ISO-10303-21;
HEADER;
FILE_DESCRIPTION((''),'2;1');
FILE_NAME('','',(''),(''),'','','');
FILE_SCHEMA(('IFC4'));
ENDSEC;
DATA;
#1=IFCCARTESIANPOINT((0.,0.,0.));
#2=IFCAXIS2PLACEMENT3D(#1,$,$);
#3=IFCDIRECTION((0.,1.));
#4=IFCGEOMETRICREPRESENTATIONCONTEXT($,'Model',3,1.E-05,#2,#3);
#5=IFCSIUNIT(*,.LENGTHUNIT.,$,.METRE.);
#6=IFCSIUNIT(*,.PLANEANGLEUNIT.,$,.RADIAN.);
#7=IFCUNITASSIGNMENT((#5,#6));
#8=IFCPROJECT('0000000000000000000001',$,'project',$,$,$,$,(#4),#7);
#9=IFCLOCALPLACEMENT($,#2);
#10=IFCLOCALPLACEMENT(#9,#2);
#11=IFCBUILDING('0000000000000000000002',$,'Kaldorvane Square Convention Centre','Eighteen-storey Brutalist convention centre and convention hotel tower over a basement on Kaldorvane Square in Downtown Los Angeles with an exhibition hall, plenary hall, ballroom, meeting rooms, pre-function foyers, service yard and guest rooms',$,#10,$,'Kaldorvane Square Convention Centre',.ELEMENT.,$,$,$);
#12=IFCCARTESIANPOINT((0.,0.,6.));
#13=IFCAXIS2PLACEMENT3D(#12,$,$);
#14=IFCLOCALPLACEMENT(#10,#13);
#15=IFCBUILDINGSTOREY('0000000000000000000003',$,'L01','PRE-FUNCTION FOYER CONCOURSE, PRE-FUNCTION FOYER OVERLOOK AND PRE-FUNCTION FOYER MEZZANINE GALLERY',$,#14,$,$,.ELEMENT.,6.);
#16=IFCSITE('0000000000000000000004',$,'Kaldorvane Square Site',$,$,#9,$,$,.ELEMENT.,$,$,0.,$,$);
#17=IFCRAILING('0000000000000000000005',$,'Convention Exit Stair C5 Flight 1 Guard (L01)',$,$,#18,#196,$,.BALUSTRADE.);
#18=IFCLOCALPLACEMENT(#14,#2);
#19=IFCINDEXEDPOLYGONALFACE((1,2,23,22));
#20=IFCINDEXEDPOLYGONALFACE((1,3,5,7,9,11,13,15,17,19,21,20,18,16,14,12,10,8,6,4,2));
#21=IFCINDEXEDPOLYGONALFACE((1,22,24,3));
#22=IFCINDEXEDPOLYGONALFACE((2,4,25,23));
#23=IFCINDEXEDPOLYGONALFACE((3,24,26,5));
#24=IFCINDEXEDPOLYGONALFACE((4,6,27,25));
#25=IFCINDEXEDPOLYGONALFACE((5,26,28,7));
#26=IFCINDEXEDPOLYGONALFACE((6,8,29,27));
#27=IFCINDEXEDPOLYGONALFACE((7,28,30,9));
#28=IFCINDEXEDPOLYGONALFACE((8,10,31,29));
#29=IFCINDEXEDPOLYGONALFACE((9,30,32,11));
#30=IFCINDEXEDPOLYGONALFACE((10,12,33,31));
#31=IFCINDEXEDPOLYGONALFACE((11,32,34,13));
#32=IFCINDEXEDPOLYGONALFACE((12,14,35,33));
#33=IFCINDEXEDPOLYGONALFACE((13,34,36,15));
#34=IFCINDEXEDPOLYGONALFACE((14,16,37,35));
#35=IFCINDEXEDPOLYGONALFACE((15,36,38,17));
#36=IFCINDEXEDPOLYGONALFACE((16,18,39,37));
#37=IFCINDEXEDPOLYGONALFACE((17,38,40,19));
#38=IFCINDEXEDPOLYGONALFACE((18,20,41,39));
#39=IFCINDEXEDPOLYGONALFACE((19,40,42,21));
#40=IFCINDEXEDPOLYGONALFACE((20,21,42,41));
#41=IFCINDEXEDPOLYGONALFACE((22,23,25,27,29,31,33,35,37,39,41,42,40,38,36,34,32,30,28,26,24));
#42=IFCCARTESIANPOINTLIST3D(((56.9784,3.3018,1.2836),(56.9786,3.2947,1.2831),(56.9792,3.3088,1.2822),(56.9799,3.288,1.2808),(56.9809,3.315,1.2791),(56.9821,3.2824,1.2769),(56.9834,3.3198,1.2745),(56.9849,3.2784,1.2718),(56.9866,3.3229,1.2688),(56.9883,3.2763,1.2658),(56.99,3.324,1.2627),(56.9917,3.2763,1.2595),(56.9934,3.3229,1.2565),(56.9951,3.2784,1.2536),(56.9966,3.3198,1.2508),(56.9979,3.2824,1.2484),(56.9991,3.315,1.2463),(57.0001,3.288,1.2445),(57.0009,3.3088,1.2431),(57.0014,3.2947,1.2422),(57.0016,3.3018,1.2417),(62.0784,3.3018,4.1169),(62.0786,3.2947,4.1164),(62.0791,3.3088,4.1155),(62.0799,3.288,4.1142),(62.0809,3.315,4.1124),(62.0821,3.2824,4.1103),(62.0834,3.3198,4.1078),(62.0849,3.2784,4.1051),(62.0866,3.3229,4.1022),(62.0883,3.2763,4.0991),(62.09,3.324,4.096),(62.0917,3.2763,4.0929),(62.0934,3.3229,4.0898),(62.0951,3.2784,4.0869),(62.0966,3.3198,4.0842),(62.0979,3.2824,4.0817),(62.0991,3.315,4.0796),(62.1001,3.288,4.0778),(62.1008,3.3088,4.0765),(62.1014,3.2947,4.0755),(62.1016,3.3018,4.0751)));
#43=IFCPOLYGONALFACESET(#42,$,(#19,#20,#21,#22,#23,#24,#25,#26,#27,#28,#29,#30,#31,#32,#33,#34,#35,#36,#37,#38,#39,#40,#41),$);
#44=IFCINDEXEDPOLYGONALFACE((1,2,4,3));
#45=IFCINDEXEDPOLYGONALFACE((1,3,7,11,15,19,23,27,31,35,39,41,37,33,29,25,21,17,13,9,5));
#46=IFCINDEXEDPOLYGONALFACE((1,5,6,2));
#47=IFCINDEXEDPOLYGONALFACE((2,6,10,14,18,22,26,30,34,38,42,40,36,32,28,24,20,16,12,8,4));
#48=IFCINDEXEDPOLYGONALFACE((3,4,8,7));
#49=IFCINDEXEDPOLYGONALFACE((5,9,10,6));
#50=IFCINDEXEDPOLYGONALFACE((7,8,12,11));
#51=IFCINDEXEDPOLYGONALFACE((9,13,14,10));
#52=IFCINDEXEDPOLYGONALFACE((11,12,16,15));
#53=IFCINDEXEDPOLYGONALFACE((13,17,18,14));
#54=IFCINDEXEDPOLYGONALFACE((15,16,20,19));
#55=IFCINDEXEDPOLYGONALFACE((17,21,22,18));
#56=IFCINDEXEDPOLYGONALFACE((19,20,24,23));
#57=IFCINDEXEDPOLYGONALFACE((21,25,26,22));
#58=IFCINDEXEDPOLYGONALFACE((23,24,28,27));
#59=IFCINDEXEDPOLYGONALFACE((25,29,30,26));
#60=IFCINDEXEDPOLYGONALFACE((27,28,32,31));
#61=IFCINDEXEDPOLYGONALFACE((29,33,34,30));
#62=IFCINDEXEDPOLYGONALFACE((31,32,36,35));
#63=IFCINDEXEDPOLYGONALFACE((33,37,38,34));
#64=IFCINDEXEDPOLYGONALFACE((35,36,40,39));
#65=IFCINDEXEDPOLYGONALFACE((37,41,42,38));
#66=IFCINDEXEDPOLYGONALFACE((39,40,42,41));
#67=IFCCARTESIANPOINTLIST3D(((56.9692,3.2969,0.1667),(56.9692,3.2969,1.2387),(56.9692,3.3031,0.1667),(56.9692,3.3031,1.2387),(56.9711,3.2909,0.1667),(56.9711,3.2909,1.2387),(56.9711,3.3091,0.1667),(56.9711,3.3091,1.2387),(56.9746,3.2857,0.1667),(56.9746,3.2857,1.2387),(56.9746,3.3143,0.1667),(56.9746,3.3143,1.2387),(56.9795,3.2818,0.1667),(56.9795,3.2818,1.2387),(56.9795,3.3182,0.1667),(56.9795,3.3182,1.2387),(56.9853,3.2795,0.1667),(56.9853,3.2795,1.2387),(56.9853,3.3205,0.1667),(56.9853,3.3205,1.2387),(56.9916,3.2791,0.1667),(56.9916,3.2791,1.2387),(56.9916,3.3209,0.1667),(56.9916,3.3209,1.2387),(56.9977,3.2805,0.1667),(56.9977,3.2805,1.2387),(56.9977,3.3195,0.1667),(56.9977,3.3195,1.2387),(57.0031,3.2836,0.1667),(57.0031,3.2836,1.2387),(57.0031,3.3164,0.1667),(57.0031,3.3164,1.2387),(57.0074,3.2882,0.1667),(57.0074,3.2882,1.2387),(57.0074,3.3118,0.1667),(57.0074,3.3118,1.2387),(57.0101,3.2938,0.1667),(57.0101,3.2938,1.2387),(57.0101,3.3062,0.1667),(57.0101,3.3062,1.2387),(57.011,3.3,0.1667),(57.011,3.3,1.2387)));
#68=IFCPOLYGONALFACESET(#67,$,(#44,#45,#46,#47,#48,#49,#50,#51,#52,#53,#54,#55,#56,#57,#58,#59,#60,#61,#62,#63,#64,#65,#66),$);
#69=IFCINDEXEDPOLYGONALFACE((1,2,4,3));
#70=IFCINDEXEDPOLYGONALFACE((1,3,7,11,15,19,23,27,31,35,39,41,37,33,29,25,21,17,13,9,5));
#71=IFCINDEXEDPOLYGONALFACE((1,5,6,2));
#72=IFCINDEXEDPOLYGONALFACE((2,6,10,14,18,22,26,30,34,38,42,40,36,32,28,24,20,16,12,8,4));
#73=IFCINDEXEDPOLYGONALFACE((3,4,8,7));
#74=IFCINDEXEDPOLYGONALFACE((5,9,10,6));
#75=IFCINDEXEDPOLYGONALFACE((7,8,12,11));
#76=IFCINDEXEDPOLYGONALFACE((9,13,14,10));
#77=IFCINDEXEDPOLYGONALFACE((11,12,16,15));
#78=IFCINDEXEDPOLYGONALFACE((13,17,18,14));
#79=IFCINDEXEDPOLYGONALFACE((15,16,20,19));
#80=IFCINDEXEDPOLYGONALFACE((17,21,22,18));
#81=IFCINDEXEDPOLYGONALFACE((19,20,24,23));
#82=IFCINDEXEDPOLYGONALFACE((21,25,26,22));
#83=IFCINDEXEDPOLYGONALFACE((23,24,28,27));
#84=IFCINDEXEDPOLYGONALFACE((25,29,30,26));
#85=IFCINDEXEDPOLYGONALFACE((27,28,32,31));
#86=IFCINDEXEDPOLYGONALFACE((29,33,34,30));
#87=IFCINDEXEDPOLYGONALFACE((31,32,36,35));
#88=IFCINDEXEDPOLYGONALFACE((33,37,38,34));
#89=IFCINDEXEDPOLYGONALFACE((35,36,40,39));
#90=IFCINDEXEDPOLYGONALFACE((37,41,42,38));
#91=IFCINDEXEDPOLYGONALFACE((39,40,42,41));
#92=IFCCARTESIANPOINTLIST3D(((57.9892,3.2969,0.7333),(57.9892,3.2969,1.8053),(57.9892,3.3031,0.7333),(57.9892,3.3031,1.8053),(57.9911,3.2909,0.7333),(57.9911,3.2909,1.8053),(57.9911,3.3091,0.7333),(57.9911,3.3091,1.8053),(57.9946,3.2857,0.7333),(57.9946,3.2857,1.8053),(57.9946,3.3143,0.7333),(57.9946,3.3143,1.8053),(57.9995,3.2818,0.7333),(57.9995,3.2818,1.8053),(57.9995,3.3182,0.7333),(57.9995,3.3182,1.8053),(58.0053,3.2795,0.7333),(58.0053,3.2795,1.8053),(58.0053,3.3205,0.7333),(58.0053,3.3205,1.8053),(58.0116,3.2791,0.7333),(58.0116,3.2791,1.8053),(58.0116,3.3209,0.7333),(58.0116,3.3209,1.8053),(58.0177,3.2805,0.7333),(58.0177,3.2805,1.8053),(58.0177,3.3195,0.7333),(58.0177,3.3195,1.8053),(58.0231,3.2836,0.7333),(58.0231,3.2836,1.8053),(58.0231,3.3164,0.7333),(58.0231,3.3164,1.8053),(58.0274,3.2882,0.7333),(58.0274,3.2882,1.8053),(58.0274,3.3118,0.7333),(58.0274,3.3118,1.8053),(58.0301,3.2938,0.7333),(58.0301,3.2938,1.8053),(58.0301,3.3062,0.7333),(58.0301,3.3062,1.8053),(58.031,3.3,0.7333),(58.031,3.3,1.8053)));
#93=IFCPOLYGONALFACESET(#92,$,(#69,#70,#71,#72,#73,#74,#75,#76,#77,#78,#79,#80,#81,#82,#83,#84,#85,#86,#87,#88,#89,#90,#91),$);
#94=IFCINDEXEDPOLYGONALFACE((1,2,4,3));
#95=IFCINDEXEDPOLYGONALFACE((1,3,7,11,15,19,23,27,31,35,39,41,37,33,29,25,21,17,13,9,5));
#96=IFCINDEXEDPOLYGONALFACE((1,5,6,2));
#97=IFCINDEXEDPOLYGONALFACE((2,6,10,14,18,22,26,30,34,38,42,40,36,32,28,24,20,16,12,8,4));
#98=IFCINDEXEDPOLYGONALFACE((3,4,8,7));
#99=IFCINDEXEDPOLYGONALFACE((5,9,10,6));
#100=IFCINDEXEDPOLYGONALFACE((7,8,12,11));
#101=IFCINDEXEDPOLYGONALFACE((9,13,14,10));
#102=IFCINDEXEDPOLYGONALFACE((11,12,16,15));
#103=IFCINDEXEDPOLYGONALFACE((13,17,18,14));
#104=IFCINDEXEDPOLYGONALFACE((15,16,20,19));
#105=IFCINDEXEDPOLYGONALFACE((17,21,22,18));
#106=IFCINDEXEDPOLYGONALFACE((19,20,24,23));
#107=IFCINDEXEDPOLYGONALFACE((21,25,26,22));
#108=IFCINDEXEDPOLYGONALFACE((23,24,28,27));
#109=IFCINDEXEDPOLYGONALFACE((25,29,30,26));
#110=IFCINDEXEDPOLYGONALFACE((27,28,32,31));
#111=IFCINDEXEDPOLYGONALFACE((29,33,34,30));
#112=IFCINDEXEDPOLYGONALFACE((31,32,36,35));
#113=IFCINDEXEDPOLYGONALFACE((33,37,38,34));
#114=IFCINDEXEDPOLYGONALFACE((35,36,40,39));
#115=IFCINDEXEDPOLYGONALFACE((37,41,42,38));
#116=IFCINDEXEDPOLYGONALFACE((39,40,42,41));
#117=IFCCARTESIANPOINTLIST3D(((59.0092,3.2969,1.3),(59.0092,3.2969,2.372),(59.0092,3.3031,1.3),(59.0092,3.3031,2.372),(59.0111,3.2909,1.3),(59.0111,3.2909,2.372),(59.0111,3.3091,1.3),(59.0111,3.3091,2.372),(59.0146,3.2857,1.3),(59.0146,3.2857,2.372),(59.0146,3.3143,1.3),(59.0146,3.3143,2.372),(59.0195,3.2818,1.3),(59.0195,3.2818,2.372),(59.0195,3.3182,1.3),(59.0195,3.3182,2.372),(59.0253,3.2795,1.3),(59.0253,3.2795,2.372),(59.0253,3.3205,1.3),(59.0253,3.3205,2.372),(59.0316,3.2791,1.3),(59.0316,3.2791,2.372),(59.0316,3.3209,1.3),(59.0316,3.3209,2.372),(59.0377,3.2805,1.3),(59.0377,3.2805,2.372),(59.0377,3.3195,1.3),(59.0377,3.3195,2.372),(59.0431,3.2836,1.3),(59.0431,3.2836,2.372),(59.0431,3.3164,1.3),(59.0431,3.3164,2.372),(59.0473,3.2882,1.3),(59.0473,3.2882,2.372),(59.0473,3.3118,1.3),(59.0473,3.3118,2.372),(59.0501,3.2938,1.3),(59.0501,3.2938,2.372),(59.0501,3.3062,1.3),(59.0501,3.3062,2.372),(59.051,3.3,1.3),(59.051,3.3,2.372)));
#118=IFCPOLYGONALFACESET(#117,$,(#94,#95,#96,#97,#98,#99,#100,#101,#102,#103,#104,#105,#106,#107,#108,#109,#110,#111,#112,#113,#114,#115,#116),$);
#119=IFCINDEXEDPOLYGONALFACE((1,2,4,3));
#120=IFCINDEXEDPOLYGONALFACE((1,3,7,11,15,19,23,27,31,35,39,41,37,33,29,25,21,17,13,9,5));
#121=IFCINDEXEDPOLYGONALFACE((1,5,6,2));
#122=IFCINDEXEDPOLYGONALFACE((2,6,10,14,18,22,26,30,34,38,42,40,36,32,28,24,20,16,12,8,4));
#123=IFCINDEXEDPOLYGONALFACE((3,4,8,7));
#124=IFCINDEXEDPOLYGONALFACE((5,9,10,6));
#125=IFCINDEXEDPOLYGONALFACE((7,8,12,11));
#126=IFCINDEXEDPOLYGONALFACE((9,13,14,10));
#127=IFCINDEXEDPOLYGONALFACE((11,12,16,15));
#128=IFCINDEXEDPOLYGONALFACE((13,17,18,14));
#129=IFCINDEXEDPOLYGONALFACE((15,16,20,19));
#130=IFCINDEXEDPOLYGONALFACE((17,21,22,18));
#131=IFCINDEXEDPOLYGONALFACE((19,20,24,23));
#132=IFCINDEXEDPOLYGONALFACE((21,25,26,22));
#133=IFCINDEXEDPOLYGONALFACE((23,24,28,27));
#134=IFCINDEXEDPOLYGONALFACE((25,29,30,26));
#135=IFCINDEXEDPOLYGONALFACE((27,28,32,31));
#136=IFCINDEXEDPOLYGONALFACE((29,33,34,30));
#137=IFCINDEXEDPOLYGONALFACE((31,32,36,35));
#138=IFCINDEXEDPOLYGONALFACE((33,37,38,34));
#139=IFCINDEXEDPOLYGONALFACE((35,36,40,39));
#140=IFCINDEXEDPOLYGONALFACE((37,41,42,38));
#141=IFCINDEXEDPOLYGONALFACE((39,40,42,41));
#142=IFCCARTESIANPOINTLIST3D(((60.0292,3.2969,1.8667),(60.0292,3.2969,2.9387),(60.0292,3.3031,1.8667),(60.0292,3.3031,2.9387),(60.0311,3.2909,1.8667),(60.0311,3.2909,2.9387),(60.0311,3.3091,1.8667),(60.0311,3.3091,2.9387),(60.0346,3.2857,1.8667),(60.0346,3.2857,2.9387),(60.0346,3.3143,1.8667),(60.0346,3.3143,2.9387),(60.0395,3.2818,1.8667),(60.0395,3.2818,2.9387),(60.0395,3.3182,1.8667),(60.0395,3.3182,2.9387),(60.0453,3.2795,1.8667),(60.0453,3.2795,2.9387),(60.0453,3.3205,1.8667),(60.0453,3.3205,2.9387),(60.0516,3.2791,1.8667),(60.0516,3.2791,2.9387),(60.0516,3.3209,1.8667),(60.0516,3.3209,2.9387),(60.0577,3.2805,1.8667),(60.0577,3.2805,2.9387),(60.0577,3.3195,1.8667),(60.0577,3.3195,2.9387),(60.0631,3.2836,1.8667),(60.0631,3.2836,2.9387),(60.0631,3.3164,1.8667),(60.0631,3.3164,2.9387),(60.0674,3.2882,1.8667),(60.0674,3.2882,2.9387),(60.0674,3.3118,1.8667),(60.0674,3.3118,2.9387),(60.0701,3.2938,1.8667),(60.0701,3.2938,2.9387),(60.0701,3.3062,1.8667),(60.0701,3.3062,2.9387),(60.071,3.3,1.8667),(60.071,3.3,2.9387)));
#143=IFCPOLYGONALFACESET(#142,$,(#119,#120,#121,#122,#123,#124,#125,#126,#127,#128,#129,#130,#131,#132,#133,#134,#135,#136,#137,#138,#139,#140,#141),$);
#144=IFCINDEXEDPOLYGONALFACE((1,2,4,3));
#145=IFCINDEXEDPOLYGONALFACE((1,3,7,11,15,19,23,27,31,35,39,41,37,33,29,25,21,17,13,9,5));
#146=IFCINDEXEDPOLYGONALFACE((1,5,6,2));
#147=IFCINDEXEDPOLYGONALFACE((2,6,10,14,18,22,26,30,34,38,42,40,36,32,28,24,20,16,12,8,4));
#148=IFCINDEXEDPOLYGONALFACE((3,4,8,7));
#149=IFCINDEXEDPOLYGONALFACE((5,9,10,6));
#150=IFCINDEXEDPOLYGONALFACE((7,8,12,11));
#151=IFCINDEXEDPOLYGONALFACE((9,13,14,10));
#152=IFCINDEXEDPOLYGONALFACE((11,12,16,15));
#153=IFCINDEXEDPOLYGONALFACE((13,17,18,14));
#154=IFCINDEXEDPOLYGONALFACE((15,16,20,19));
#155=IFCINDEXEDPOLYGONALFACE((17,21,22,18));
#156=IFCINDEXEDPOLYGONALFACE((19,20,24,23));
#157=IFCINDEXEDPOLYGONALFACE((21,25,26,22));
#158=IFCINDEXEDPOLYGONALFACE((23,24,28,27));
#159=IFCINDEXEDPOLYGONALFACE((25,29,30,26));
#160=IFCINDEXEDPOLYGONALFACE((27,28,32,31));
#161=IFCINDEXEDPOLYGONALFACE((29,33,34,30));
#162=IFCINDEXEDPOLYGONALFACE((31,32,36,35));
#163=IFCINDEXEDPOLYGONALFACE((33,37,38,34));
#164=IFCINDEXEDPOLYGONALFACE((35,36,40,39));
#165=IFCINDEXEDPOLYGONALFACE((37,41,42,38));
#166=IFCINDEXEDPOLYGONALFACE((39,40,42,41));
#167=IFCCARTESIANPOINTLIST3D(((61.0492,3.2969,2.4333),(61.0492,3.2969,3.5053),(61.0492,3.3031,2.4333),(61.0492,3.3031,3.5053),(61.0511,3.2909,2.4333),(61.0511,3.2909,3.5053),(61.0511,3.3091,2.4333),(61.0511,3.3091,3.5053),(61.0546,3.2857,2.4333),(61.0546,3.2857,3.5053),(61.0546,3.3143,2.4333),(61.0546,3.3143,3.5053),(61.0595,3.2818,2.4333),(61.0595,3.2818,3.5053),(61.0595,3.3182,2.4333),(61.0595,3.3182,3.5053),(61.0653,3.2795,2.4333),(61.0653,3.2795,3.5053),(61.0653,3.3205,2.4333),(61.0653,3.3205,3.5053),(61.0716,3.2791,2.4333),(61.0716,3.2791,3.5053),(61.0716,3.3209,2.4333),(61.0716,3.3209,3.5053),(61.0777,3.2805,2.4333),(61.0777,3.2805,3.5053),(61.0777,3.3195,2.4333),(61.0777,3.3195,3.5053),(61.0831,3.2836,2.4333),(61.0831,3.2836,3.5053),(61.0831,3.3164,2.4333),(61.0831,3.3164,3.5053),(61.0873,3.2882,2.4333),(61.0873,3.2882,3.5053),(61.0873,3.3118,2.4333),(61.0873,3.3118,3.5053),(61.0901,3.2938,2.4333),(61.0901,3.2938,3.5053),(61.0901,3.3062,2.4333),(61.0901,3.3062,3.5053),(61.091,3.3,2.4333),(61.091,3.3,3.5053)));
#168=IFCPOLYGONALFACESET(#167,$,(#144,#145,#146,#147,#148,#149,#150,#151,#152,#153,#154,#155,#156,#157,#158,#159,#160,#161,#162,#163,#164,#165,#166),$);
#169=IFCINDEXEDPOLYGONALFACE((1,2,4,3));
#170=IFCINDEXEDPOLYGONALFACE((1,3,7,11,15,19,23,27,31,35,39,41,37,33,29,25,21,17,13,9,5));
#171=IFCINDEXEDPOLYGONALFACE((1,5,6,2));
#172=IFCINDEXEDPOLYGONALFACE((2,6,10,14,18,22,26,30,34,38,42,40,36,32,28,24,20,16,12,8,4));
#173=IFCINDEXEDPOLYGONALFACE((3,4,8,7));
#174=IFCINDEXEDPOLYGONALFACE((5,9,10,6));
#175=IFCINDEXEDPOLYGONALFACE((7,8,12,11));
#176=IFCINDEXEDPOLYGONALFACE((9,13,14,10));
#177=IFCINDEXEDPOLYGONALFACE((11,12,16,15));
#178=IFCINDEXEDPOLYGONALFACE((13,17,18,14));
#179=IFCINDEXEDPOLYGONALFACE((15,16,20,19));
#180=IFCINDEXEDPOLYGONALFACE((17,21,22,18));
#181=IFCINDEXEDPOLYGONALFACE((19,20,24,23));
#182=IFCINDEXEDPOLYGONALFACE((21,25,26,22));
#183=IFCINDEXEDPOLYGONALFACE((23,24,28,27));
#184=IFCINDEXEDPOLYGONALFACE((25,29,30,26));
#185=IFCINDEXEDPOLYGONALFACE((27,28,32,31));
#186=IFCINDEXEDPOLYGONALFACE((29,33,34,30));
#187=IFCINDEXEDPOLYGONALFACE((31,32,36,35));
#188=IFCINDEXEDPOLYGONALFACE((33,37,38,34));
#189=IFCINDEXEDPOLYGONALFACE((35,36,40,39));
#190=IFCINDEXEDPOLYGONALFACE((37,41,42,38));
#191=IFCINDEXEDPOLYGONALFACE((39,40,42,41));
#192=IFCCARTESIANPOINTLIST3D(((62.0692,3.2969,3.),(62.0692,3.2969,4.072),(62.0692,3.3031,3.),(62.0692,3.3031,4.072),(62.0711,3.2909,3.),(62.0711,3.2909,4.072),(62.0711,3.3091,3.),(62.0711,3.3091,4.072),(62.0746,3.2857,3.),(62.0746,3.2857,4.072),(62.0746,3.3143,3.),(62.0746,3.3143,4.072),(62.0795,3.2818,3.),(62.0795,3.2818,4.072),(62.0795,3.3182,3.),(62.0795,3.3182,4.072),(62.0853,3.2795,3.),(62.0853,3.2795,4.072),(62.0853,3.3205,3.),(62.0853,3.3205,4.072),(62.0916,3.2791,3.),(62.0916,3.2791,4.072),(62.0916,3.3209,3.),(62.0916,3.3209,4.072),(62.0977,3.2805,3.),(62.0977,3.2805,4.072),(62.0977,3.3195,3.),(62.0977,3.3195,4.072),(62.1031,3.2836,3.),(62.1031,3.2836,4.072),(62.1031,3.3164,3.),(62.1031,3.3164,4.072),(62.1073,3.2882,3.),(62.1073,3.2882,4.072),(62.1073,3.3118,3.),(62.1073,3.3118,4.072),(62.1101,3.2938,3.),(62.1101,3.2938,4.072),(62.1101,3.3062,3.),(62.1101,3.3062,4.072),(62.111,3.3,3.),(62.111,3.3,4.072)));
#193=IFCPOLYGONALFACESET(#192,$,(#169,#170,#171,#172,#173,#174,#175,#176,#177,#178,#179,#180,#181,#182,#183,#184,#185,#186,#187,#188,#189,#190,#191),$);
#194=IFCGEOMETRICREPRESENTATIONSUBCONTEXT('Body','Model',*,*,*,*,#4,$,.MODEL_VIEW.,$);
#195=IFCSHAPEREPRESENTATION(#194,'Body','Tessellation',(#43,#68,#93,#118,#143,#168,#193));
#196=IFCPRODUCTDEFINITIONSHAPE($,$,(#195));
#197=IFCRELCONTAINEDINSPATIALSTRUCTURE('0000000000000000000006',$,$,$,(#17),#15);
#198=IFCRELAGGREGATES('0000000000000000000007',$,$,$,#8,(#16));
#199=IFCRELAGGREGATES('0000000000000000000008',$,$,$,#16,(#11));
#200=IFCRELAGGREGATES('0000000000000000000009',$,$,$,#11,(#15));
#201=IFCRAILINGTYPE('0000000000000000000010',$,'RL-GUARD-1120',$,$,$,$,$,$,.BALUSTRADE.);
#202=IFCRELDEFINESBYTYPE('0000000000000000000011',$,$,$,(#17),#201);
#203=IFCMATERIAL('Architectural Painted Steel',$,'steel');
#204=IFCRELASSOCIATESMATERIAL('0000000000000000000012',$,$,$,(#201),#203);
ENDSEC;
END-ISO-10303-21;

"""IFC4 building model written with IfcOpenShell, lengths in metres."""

from ifc_helpers import new_model, si_unit, direction, frame, origin, origin_2d, place, context, subcontext, project, spatial, circle, extrude, material, type_object, element, save


model = new_model("IFC4")

# Units and contexts
model_context = context("Model", 3, precision=1e-05, world=origin(), true_north=direction((0.0, 1.0)))
body_context = subcontext(model_context, "Body", "Model", "MODEL_VIEW")
ifc_project = project(units=[si_unit("LENGTHUNIT", "METRE"), si_unit("PLANEANGLEUNIT", "RADIAN")], contexts=[model_context])

# Site, building, storey
site_placement = place(None, origin())
site = spatial("IfcSite", under=ifc_project, at=site_placement, Name="Kaldorvane Square Site", CompositionType="ELEMENT", RefElevation=0.0)
building_placement = place(site_placement, origin())
building = spatial("IfcBuilding", under=site, at=building_placement, Name="Kaldorvane Square Convention Centre", Description="Eighteen-storey Brutalist convention centre and convention hotel tower over a basement on Kaldorvane Square in Downtown Los Angeles with an exhibition hall, plenary hall, ballroom, meeting rooms, pre-function foyers, service yard and guest rooms", LongName="Kaldorvane Square Convention Centre", CompositionType="ELEMENT")
storey_placement = place(building_placement, frame((0.0, 0.0, 6.0)))
storey = spatial("IfcBuildingStorey", under=building, at=storey_placement, Name="L01", Description="PRE-FUNCTION FOYER CONCOURSE, PRE-FUNCTION FOYER OVERLOOK AND PRE-FUNCTION FOYER MEZZANINE GALLERY", CompositionType="ELEMENT", Elevation=6.0)

# Railing
ifc_material_1 = material(Name="Architectural Painted Steel", Category="steel")
railing_type_1 = type_object("IfcRailingType", Name="RL-GUARD-1120", PredefinedType="BALUSTRADE", material=ifc_material_1)
railing_1_placement = place(storey_placement, frame((56.99, 3.3, 0.1667)))
element("IfcRailing", 1, at=railing_1_placement, inside=storey, type_object=railing_type_1, Name="Convention Exit Stair C5 Flight 1 Guard (L01)", PredefinedType="BALUSTRADE", context=body_context, shape_type="SweptSolid", body=[
    extrude(circle(Radius=0.024, at=origin_2d()), frame((0.0, 0.0, 1.096), z_axis=(0.874157, 0.0, 0.485643), x_axis=(0.0, 1.0, 0.0)), (0.0, 0.0, 1.0), 5.8342),
    extrude(circle(Radius=0.021, at=origin_2d()), origin(), (0.0, 0.0, 1.0), 1.072),
    extrude(circle(Radius=0.021, at=origin_2d()), frame((1.02, 0.0, 0.5667)), (0.0, 0.0, 1.0), 1.072),
    extrude(circle(Radius=0.021, at=origin_2d()), frame((2.04, 0.0, 1.1333)), (0.0, 0.0, 1.0), 1.072),
    extrude(circle(Radius=0.021, at=origin_2d()), frame((3.06, 0.0, 1.7)), (0.0, 0.0, 1.0), 1.072),
    extrude(circle(Radius=0.021, at=origin_2d()), frame((4.08, 0.0, 2.2667)), (0.0, 0.0, 1.0), 1.072),
    extrude(circle(Radius=0.021, at=origin_2d()), frame((5.1, 0.0, 2.8333)), (0.0, 0.0, 1.0), 1.072),
])

save(model, "model.ifc")
